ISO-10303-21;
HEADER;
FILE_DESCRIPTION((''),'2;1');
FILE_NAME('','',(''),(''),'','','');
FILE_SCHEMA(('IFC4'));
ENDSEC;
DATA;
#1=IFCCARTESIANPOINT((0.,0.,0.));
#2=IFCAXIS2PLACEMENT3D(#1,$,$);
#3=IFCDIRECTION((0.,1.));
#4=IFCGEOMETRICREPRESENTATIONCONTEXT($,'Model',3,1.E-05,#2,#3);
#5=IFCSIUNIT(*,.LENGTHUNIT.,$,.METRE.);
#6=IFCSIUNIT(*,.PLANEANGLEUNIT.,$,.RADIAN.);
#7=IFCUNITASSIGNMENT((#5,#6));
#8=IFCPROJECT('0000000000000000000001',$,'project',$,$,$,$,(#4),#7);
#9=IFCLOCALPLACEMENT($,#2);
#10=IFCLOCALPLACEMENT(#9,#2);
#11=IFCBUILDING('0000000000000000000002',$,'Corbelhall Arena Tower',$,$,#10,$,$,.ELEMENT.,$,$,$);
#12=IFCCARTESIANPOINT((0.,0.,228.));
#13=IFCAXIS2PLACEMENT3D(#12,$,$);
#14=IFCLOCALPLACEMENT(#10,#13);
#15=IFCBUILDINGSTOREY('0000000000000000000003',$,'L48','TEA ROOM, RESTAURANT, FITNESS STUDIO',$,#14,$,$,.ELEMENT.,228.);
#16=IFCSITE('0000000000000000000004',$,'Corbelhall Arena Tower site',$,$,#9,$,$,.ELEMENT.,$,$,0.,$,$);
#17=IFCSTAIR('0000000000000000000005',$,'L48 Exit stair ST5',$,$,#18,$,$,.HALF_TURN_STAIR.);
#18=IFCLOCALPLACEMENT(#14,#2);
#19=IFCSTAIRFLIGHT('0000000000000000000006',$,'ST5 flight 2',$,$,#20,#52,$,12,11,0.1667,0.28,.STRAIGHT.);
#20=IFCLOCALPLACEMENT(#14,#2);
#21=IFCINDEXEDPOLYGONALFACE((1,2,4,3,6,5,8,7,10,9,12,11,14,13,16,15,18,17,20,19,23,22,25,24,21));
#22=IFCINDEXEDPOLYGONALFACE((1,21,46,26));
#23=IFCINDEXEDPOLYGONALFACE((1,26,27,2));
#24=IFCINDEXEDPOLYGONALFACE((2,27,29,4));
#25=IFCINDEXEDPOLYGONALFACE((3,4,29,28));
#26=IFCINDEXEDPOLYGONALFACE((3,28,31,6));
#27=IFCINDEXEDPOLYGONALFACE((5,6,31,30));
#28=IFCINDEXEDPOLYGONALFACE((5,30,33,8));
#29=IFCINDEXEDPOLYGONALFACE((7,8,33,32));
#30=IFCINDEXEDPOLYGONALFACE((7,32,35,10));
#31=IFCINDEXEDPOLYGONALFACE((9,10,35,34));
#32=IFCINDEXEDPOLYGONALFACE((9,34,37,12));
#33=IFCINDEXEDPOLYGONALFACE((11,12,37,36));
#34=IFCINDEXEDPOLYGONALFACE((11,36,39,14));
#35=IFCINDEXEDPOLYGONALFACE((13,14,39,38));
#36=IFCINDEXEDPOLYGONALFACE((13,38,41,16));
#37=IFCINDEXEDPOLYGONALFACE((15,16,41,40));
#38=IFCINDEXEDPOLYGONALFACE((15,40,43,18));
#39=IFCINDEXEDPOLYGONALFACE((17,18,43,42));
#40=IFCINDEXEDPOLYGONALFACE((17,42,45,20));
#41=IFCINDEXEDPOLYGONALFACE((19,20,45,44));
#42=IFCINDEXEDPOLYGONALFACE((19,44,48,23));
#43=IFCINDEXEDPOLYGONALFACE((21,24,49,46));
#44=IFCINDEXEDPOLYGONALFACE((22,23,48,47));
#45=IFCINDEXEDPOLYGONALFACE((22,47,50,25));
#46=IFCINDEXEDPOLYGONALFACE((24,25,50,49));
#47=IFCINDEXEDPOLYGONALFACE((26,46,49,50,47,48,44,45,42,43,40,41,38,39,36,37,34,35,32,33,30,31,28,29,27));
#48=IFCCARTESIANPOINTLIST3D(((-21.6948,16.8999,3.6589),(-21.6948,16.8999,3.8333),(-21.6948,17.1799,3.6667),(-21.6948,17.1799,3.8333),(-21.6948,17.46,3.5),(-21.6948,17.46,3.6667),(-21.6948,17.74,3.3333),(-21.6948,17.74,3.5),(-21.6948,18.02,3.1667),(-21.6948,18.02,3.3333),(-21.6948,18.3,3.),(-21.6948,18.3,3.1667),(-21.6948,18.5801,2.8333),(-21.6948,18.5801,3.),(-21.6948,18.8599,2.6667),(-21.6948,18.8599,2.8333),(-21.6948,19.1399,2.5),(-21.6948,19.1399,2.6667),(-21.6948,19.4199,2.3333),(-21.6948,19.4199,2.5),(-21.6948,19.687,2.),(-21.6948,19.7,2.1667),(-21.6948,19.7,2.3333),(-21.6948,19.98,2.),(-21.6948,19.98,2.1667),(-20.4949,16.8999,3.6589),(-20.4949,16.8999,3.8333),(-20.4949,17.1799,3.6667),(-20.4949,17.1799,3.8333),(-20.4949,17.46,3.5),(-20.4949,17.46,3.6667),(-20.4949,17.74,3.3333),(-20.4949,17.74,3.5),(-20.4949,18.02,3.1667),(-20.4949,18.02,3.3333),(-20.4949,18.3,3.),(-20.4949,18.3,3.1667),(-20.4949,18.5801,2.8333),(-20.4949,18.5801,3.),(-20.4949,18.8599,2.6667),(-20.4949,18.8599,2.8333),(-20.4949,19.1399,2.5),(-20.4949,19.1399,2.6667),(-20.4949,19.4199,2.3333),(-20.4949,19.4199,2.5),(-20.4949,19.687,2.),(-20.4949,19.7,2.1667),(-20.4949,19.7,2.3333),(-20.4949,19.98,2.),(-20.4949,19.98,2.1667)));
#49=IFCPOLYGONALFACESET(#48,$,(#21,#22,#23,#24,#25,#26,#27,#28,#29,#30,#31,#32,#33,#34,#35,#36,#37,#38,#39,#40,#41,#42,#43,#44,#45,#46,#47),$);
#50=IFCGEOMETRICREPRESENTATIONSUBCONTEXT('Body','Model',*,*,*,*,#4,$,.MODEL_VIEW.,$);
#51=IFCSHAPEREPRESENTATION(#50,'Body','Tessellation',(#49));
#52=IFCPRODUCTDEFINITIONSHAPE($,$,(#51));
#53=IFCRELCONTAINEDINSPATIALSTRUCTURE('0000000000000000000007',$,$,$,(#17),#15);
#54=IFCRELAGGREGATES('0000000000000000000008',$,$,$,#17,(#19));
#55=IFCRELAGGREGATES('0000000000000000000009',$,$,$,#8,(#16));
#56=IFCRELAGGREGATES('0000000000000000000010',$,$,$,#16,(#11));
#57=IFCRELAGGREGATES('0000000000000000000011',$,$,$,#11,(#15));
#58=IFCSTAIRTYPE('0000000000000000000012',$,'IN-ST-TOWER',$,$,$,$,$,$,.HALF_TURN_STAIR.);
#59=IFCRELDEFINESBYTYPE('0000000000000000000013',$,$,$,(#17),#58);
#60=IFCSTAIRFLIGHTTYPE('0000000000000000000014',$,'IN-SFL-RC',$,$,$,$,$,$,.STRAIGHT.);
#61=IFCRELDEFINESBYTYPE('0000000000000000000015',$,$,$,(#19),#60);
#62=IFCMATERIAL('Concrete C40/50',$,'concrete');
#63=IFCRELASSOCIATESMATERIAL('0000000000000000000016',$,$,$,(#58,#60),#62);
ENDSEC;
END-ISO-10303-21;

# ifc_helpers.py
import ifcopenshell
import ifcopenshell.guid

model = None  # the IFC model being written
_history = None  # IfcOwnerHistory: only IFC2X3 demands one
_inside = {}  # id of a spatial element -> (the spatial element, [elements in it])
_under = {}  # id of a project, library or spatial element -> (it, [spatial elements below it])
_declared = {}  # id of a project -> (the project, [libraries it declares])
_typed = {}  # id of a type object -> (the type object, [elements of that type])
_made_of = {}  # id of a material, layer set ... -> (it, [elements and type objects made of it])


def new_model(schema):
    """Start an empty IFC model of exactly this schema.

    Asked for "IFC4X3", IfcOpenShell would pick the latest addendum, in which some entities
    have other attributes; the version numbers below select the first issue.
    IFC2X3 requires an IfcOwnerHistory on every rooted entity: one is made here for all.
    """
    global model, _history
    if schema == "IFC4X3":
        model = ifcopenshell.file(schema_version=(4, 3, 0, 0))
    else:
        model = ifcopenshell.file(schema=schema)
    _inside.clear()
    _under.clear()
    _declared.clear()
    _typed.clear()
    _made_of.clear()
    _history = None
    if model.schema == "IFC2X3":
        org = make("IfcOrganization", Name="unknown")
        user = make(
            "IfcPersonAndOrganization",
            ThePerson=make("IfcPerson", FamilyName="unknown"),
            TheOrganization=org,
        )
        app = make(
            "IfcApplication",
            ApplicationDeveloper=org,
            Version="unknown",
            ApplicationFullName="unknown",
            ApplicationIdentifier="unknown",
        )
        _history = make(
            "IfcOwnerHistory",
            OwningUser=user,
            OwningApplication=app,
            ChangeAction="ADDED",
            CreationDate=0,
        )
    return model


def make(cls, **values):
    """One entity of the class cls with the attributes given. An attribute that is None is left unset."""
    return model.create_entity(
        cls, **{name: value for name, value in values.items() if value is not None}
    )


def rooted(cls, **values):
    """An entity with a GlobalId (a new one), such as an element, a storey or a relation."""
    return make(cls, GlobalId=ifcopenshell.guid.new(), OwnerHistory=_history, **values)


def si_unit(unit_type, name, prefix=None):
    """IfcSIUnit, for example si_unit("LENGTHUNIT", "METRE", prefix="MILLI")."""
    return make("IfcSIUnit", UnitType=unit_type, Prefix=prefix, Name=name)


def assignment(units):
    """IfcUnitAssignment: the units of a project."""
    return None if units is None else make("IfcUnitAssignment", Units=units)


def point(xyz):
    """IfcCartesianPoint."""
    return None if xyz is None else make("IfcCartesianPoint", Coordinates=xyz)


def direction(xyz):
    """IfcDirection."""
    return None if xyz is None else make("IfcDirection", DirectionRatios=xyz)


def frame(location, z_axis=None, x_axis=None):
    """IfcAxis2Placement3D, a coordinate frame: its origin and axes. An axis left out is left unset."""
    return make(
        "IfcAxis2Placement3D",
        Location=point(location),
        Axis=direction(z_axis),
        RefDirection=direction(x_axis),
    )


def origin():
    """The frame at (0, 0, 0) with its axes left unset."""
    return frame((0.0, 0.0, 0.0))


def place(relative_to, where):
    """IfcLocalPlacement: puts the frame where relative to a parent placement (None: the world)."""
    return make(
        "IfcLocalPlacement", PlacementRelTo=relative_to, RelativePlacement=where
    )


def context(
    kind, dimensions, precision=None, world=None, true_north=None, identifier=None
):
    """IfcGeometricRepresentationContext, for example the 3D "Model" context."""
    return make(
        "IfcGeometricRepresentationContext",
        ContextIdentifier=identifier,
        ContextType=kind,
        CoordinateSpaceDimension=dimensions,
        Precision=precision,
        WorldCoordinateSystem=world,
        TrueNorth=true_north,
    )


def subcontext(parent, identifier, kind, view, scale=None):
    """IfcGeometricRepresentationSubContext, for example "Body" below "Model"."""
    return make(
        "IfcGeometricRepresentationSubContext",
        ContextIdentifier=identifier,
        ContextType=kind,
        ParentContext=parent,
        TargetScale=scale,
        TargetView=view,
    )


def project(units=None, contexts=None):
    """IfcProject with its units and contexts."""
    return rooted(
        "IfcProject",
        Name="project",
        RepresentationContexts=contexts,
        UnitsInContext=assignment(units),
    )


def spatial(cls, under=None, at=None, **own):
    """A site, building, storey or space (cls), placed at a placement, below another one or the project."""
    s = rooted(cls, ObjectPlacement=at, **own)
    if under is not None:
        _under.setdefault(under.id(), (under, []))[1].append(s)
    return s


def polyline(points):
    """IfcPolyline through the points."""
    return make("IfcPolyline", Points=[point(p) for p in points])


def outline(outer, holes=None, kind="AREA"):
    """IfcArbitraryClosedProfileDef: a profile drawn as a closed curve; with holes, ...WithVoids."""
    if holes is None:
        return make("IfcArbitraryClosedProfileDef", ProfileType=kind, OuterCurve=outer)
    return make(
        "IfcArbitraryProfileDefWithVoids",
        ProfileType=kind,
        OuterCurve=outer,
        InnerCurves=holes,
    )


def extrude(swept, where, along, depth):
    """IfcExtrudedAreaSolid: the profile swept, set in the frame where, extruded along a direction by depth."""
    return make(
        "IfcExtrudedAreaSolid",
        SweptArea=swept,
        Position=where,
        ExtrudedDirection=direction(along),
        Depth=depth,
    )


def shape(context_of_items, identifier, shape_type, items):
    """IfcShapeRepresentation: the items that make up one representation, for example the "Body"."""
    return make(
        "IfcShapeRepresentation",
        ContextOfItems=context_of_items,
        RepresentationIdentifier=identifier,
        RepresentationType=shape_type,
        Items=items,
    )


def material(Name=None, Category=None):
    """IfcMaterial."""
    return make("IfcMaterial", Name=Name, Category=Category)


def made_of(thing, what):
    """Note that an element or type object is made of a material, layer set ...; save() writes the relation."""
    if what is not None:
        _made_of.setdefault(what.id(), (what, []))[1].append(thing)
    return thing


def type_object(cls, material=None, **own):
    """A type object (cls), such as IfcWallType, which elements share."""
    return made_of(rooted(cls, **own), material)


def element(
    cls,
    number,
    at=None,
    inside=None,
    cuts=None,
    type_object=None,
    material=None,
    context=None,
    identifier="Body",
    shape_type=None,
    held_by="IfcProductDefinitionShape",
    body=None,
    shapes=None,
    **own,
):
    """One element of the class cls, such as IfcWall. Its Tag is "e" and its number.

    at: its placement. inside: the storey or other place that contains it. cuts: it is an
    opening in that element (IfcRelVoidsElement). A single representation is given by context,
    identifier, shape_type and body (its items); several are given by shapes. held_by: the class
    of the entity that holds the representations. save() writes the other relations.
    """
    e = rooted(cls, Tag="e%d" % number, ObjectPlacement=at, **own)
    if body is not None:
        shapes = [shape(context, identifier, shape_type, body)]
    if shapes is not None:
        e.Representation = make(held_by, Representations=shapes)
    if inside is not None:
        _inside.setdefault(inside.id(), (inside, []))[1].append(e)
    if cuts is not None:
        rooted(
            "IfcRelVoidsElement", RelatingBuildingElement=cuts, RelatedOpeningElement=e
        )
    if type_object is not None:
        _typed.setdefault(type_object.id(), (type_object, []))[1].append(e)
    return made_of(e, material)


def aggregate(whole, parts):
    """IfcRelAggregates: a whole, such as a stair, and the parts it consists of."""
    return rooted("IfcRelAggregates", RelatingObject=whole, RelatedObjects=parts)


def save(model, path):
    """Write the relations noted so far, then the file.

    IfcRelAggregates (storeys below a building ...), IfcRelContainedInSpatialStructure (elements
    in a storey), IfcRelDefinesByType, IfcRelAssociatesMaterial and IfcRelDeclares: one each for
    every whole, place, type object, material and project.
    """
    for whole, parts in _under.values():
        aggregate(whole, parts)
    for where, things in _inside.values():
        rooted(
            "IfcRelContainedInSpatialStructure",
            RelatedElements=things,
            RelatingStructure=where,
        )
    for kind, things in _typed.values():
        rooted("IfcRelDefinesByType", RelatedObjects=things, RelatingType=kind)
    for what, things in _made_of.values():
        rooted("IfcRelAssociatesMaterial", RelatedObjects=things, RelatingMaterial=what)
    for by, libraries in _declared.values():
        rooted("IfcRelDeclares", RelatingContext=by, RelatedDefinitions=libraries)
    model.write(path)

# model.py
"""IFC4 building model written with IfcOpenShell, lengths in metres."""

from ifc_helpers import new_model, si_unit, direction, frame, origin, place, context, subcontext, project, spatial, polyline, outline, extrude, material, type_object, element, aggregate, save


model = new_model("IFC4")

# Units and contexts
model_context = context("Model", 3, precision=1e-05, world=origin(), true_north=direction((0.0, 1.0)))
body_context = subcontext(model_context, "Body", "Model", "MODEL_VIEW")
ifc_project = project(units=[si_unit("LENGTHUNIT", "METRE"), si_unit("PLANEANGLEUNIT", "RADIAN")], contexts=[model_context])

# Site, building, storey
site_placement = place(None, origin())
site = spatial("IfcSite", under=ifc_project, at=site_placement, Name="Corbelhall Arena Tower site", CompositionType="ELEMENT", RefElevation=0.0)
building_placement = place(site_placement, origin())
building = spatial("IfcBuilding", under=site, at=building_placement, Name="Corbelhall Arena Tower", CompositionType="ELEMENT")
storey_placement = place(building_placement, frame((0.0, 0.0, 228.0)))
storey = spatial("IfcBuildingStorey", under=building, at=storey_placement, Name="L48", Description="TEA ROOM, RESTAURANT, FITNESS STUDIO", CompositionType="ELEMENT", Elevation=228.0)

# Shared definitions
ifc_material_1 = material(Name="Concrete C40/50", Category="concrete")

# Shared definitions
stair_type = type_object("IfcStairType", Name="IN-ST-TOWER", PredefinedType="HALF_TURN_STAIR", material=ifc_material_1)
stair_flight_type = type_object("IfcStairFlightType", Name="IN-SFL-RC", PredefinedType="STRAIGHT", material=ifc_material_1)

# Stair, stair flight
stair_1_placement = place(storey_placement, origin())
stair_1 = element("IfcStair", 1, at=stair_1_placement, inside=storey, type_object=stair_type, Name="L48 Exit stair ST5", PredefinedType="HALF_TURN_STAIR")
stair_flight_1_placement = place(storey_placement, frame((-21.095, 19.98, 2.0), z_axis=(0.0, 0.0, 1.0), x_axis=(0.0, -1.0, 0.0)))
stair_flight_1 = element("IfcStairFlight", 2, at=stair_flight_1_placement, type_object=stair_flight_type, Name="ST5 flight 2", NumberOfRisers=12, NumberOfTreads=11, PredefinedType="STRAIGHT", RiserHeight=0.1667, TreadLength=0.28, context=body_context, shape_type="SweptSolid", body=[
    extrude(outline(polyline([(0.0, 0.0), (0.0, 0.1667), (0.28, 0.1667), (0.28, 0.3333), (0.5601, 0.3333), (0.5601, 0.5), (0.8401, 0.5), (0.8401, 0.6667), (1.1201, 0.6667), (1.1201, 0.8333), (1.3999, 0.8333), (1.3999, 1.0), (1.6799, 1.0), (1.6799, 1.1667), (1.96, 1.1667), (1.96, 1.3333), (2.24, 1.3333), (2.24, 1.5), (2.52, 1.5), (2.52, 1.6667), (2.8, 1.6667), (2.8, 1.8333), (3.0801, 1.8333), (3.0801, 2.0), (3.0801, 1.6589), (0.293, 0.0), (0.0, 0.0)])), frame((0.0, 0.6001, 0.0), z_axis=(0.0, -1.0, 0.0), x_axis=(1.0, 0.0, 0.0)), (0.0, 0.0, 1.0), 1.2),
])
aggregate(stair_1, [stair_flight_1])

save(model, "model.ifc")
